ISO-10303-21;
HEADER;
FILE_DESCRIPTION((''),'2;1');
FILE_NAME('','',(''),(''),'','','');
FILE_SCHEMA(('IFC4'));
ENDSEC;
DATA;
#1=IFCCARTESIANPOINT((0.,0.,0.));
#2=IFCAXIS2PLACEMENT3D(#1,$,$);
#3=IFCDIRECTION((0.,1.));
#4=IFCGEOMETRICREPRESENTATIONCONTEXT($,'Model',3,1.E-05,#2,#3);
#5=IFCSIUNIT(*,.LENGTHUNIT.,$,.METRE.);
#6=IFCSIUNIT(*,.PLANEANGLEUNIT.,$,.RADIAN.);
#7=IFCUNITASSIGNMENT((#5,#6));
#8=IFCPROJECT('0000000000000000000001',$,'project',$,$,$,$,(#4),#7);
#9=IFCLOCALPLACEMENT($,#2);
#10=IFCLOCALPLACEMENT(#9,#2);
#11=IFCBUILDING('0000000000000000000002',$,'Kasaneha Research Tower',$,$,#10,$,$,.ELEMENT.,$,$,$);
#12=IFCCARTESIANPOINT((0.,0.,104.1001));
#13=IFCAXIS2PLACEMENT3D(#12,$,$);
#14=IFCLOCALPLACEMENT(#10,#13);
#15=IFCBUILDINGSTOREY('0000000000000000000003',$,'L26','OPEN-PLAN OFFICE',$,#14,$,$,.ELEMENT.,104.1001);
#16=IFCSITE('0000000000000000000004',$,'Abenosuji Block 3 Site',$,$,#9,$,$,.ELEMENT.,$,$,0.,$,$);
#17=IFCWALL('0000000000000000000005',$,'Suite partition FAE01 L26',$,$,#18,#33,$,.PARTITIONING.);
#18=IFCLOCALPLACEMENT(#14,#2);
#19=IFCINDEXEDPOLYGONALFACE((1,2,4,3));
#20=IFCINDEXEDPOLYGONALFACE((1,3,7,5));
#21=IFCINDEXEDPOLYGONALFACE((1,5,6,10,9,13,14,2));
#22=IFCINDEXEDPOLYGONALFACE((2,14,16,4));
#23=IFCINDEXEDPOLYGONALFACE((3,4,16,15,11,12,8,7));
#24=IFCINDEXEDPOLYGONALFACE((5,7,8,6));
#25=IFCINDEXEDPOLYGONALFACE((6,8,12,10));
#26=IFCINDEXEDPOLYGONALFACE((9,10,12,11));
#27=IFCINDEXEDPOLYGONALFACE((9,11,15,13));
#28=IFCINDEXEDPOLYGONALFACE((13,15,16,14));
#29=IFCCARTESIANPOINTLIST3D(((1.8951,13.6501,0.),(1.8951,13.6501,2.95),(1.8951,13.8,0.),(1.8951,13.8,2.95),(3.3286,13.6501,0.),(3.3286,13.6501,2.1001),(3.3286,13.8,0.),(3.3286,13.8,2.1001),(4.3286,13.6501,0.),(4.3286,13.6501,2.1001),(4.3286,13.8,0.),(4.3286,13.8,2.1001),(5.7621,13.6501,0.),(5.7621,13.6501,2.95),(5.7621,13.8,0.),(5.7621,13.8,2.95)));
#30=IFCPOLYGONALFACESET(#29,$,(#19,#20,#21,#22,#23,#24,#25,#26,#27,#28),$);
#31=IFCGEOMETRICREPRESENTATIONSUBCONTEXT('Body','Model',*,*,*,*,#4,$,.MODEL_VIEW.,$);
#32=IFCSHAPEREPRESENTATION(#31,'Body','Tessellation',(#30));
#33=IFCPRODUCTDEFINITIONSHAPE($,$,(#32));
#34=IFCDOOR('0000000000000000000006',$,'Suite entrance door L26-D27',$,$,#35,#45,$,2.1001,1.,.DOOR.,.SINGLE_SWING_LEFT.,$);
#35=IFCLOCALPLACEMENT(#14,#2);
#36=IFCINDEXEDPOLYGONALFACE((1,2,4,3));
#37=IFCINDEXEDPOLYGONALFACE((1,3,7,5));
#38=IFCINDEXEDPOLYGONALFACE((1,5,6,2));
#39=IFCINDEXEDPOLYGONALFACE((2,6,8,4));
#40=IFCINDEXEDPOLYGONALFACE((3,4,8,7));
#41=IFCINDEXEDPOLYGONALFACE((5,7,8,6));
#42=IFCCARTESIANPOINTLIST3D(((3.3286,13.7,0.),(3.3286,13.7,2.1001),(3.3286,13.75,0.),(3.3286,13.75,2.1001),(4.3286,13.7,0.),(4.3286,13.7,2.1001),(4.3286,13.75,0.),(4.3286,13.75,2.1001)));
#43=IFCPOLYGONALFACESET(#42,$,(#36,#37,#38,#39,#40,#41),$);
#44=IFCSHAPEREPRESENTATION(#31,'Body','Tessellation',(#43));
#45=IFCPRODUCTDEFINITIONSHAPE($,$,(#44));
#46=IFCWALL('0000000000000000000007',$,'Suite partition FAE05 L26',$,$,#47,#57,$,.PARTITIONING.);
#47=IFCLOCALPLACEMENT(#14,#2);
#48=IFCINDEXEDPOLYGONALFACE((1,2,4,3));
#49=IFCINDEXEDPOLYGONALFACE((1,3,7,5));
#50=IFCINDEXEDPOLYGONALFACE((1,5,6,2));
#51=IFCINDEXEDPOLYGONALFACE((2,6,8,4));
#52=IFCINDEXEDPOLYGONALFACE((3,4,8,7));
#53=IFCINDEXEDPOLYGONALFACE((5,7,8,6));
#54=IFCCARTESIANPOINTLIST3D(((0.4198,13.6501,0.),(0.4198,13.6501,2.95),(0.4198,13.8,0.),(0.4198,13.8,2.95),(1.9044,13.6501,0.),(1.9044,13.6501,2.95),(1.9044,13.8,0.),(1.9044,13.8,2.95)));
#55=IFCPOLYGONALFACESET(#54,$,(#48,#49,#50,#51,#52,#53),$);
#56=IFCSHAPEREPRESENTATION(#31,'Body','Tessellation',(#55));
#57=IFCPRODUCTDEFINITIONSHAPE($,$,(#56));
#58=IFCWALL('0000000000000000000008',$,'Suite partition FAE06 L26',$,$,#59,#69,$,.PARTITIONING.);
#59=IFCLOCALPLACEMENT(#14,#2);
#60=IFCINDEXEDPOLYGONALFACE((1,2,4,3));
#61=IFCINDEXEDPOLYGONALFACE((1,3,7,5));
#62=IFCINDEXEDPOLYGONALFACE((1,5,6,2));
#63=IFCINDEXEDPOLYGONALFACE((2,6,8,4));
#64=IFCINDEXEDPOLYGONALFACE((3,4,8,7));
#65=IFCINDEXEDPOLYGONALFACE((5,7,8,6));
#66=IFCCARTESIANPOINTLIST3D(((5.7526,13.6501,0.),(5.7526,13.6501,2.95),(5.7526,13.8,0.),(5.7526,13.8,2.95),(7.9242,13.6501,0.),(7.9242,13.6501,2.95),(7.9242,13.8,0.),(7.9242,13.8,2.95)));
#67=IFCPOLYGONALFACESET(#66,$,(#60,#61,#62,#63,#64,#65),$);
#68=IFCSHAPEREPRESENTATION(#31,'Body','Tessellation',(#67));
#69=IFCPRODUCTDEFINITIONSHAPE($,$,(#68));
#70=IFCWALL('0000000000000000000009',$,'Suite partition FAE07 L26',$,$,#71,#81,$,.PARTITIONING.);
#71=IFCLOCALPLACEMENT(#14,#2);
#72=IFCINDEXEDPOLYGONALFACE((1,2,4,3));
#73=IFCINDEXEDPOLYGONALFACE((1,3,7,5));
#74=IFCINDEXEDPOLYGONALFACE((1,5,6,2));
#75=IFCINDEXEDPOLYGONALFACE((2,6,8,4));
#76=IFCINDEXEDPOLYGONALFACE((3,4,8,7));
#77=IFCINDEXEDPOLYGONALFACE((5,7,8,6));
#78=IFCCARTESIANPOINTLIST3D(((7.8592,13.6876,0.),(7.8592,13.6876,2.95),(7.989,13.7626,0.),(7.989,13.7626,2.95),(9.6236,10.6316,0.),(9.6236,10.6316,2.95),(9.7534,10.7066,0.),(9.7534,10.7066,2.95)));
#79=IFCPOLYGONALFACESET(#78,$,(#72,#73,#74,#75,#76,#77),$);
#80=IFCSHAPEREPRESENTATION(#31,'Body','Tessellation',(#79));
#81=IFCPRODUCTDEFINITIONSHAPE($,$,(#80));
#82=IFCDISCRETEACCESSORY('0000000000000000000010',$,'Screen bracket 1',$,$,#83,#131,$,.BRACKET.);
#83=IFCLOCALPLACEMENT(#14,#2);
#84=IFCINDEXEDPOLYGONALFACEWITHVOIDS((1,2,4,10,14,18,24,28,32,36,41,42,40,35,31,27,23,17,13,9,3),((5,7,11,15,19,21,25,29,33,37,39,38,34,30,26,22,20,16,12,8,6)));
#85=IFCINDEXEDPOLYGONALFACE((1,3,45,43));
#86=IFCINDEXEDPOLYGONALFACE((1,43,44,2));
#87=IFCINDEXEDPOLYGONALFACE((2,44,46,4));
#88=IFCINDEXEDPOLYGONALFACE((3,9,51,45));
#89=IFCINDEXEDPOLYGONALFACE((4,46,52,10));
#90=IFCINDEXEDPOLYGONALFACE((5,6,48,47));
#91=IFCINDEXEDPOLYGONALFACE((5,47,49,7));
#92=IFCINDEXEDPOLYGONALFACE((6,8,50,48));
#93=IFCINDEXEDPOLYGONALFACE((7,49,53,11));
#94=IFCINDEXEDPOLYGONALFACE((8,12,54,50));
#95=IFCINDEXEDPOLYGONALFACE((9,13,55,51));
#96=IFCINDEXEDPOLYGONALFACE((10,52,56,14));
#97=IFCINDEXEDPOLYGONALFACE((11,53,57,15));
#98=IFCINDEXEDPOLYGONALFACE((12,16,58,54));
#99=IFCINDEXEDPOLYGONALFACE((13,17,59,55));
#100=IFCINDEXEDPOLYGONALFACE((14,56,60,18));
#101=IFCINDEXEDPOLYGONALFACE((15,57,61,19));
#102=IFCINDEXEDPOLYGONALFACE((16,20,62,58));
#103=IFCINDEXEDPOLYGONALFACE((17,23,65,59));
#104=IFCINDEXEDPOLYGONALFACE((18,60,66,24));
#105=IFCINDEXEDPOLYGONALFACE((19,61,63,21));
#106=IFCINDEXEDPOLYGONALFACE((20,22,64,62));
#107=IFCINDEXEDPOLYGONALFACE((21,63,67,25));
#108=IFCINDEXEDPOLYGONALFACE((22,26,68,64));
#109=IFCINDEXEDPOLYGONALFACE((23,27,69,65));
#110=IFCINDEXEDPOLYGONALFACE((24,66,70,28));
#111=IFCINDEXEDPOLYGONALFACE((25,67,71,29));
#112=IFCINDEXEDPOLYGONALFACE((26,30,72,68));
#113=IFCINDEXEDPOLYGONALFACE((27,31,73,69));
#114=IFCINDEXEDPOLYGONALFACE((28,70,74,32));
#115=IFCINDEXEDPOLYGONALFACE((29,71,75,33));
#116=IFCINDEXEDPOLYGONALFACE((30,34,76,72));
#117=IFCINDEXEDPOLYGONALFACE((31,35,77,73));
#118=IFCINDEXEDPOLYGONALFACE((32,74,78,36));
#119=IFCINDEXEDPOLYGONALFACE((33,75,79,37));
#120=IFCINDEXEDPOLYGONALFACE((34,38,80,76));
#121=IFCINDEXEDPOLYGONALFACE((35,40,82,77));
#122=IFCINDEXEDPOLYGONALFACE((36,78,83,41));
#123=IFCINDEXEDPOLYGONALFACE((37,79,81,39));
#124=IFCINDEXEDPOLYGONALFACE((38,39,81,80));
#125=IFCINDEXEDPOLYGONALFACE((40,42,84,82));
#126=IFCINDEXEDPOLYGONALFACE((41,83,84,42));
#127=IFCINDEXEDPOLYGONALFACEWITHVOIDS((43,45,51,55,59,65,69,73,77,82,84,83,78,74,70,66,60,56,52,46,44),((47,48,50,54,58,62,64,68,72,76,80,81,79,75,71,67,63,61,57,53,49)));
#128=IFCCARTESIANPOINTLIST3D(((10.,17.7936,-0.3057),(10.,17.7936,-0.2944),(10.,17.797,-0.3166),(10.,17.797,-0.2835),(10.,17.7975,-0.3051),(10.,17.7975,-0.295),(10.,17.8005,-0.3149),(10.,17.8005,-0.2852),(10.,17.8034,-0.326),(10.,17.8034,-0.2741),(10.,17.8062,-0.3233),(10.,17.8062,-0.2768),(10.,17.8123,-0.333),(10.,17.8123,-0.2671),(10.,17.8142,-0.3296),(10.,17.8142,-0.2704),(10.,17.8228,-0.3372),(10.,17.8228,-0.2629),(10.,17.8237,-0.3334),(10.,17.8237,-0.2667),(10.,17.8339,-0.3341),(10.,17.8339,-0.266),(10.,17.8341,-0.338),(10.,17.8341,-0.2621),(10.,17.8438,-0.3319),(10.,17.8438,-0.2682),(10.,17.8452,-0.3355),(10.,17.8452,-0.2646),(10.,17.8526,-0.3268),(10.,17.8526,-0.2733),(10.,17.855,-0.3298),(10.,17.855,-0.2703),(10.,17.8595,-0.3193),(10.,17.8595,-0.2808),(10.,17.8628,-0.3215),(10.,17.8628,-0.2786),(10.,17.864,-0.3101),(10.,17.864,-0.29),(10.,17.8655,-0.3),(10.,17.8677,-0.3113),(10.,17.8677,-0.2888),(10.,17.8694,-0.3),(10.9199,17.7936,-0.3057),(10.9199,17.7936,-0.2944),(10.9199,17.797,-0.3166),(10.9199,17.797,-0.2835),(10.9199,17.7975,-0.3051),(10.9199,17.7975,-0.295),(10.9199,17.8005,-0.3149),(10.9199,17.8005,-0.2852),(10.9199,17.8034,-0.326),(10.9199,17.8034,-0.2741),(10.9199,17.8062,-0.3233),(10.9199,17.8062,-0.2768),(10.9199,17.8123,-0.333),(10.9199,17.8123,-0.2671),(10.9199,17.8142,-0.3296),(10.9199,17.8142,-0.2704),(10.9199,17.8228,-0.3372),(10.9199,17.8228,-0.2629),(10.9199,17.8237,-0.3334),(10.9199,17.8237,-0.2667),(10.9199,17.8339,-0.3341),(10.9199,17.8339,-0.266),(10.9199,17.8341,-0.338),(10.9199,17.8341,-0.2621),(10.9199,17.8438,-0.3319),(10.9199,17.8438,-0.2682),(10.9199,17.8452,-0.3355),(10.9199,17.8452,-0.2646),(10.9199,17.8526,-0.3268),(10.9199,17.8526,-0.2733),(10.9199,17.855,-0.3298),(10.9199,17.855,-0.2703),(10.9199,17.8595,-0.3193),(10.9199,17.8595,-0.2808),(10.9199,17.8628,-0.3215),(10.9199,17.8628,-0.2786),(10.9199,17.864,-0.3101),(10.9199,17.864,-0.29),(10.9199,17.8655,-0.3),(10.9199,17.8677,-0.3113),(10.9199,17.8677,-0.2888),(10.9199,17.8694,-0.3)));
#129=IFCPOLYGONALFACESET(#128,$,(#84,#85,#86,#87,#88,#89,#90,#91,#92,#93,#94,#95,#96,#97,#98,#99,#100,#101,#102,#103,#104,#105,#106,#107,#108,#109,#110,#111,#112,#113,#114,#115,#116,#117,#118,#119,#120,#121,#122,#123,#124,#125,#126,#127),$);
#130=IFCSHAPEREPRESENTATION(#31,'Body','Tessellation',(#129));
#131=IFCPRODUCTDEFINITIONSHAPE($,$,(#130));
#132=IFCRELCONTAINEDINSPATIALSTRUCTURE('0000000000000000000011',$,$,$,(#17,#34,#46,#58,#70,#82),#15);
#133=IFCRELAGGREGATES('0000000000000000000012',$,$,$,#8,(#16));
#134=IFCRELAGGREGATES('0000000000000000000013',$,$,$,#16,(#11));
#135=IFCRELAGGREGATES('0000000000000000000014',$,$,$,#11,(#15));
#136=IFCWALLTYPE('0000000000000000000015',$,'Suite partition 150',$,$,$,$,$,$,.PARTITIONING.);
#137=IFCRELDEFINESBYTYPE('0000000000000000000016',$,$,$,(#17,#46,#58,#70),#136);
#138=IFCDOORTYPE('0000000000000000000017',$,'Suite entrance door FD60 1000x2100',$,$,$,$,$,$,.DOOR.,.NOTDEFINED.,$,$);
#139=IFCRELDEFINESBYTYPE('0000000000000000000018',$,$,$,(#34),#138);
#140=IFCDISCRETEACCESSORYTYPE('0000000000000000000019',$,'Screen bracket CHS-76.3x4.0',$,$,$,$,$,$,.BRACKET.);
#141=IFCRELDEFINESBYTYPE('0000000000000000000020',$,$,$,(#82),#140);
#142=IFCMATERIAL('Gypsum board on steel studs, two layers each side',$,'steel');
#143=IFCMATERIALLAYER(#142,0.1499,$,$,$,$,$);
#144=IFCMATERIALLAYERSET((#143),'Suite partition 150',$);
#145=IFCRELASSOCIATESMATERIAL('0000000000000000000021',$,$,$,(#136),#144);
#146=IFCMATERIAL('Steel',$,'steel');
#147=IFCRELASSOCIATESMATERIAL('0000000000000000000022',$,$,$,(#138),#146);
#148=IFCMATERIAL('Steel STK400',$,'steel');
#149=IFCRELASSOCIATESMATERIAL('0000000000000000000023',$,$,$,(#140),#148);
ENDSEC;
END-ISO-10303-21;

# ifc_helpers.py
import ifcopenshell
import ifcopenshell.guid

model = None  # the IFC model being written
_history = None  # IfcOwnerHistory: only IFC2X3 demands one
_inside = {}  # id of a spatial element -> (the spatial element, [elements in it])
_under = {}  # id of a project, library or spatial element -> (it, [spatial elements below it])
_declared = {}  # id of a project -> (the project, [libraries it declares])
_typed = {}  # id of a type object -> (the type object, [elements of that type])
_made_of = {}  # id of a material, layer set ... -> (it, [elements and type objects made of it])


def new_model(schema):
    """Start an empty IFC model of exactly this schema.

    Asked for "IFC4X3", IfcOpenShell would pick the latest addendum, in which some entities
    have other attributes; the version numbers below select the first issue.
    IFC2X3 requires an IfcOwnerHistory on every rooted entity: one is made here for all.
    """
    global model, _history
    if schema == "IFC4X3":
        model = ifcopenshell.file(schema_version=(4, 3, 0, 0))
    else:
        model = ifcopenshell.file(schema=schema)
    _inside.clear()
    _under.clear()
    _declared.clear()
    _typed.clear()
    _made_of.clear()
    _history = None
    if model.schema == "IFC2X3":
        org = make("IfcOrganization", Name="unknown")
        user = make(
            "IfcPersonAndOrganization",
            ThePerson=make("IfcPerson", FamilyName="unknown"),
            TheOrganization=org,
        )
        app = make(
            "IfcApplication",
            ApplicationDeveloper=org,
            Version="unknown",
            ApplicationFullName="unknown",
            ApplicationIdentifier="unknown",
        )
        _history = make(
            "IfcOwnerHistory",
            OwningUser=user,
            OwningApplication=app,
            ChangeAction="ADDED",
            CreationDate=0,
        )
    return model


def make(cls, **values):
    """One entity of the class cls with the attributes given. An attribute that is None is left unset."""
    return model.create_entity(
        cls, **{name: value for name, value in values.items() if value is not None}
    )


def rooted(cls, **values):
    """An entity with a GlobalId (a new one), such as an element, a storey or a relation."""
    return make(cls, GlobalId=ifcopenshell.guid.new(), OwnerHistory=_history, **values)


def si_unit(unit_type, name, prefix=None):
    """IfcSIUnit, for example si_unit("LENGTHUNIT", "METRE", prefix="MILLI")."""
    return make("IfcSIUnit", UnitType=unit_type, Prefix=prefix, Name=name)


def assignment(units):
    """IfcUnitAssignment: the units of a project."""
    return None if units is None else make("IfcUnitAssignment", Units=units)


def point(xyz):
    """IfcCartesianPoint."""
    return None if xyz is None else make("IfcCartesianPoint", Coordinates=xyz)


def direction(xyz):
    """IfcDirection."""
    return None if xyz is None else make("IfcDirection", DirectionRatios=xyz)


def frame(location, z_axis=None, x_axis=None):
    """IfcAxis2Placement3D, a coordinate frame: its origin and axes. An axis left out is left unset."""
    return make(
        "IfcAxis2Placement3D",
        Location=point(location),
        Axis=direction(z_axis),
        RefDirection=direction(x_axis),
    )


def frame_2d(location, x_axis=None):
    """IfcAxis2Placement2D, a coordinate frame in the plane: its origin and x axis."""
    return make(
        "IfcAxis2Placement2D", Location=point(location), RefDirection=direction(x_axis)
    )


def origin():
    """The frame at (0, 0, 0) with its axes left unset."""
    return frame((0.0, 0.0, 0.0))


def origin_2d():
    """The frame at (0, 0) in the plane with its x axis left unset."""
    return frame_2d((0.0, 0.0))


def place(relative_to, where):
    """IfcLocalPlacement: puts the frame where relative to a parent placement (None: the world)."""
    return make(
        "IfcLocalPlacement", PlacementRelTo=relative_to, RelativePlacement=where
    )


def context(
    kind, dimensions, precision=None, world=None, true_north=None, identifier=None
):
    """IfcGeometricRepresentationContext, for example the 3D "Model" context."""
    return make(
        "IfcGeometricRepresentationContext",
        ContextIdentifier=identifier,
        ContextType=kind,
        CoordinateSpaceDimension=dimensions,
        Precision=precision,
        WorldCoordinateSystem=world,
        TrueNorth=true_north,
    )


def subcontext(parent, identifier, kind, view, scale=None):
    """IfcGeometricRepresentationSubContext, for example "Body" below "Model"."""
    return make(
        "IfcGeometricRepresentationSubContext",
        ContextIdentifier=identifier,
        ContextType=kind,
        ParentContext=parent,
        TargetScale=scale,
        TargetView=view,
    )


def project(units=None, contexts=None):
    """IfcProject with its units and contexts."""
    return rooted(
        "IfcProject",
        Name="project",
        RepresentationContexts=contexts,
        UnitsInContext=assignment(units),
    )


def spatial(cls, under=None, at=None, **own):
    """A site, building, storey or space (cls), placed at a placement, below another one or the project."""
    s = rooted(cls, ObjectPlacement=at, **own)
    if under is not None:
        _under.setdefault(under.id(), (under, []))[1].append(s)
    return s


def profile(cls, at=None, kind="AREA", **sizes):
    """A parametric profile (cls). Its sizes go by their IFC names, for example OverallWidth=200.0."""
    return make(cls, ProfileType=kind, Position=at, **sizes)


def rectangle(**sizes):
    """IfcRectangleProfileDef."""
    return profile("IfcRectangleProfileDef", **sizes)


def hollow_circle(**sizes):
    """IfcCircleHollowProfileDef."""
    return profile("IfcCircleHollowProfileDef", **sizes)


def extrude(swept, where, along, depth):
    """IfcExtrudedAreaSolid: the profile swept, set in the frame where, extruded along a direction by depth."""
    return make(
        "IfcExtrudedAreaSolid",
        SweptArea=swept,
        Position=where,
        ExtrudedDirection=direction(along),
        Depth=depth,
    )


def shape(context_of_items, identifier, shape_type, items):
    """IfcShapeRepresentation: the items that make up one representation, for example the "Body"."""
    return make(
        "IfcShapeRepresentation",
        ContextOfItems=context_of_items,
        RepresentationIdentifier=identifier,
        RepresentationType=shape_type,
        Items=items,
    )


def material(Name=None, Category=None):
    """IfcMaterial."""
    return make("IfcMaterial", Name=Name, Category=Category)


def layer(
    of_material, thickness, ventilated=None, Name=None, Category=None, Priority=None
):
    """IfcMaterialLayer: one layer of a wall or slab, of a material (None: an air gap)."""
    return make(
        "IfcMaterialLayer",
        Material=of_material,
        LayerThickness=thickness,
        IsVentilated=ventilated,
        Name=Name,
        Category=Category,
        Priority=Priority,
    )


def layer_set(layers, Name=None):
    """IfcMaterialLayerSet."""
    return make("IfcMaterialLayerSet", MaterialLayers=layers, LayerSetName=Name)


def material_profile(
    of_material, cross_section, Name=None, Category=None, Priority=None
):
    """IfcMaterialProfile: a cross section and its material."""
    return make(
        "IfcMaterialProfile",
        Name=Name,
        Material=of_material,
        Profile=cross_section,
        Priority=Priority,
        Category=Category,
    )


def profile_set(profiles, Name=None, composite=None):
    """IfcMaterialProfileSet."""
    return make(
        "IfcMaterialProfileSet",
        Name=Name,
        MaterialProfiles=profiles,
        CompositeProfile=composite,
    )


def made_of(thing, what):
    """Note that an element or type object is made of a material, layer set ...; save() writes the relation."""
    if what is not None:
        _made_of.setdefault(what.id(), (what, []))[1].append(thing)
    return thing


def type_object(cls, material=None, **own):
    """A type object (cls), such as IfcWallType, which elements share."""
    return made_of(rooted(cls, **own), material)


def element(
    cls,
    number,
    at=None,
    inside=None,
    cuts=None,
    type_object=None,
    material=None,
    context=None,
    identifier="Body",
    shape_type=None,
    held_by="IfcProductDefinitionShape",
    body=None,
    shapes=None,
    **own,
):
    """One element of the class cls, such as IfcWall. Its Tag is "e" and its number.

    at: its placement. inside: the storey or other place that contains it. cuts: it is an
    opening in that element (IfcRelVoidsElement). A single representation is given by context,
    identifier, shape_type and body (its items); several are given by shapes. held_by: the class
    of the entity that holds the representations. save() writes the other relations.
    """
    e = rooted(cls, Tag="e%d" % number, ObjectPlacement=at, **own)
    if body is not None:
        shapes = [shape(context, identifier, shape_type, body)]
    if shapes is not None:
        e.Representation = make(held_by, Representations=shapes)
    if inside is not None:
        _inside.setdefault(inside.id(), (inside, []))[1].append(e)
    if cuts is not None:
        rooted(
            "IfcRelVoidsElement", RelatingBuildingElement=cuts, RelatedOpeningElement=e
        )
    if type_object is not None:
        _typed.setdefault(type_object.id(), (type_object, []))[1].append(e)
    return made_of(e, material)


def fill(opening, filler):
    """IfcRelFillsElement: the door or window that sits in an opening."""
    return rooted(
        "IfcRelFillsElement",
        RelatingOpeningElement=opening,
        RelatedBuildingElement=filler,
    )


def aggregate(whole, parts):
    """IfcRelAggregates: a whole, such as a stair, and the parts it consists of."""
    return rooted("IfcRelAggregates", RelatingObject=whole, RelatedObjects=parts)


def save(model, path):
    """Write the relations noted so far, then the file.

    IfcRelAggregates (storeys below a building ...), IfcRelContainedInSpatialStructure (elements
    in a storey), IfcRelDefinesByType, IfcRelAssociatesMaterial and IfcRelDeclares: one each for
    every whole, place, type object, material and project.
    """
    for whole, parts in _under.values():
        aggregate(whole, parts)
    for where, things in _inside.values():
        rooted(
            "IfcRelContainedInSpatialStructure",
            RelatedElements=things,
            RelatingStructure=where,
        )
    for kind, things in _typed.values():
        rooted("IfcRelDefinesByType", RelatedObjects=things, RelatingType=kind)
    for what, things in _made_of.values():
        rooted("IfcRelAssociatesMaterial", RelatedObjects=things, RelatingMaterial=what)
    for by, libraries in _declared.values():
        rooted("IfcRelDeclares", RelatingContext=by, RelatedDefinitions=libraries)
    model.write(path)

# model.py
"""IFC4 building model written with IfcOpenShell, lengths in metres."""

from ifc_helpers import new_model, si_unit, direction, frame, frame_2d, origin, origin_2d, place, context, subcontext, project, spatial, rectangle, hollow_circle, extrude, material, layer, layer_set, material_profile, profile_set, type_object, element, fill, save


model = new_model("IFC4")

# Units and contexts
model_context = context("Model", 3, precision=1e-05, world=origin(), true_north=direction((0.0, 1.0)))
body_context = subcontext(model_context, "Body", "Model", "MODEL_VIEW")
ifc_project = project(units=[si_unit("LENGTHUNIT", "METRE"), si_unit("PLANEANGLEUNIT", "RADIAN")], contexts=[model_context])

# Site, building, storey
site_placement = place(None, origin())
site = spatial("IfcSite", under=ifc_project, at=site_placement, Name="Abenosuji Block 3 Site", CompositionType="ELEMENT", RefElevation=0.0)
building_placement = place(site_placement, origin())
building = spatial("IfcBuilding", under=site, at=building_placement, Name="Kasaneha Research Tower", CompositionType="ELEMENT")
storey_placement = place(building_placement, frame((0.0, 0.0, 104.1001)))
storey = spatial("IfcBuildingStorey", under=building, at=storey_placement, Name="L26", Description="OPEN-PLAN OFFICE", CompositionType="ELEMENT", Elevation=104.1001)

# Wall, opening, door
ifc_material_1 = material(Name="Gypsum board on steel studs, two layers each side", Category="steel")
ifc_layer_1 = layer(ifc_material_1, 0.1499)
ifc_layer_set_1 = layer_set([ifc_layer_1], Name="Suite partition 150")
wall_type_1 = type_object("IfcWallType", Name="Suite partition 150", PredefinedType="PARTITIONING", material=ifc_layer_set_1)
wall_1_placement = place(storey_placement, frame((1.895, 13.7251, 0.0), z_axis=(0.0, 0.0, 1.0), x_axis=(1.0, 0.0, 0.0)))
wall_1 = element("IfcWall", 1, at=wall_1_placement, inside=storey, type_object=wall_type_1, Name="Suite partition FAE01 L26", PredefinedType="PARTITIONING", context=body_context, shape_type="SweptSolid", body=[
    extrude(rectangle(XDim=3.8669, YDim=0.1499, at=frame_2d((1.9336, 0.0))), origin(), (0.0, 0.0, 1.0), 2.95),
])
opening_1_placement = place(wall_1_placement, frame((1.4336, 0.0, 0.0)))
opening_1 = element("IfcOpeningElement", 2, at=opening_1_placement, cuts=wall_1, PredefinedType="OPENING", context=body_context, shape_type="SweptSolid", body=[
    extrude(rectangle(XDim=1.0, YDim=2.1001, at=frame_2d((0.5, 1.05))), frame((0.0, 0.085, 0.0), z_axis=(0.0, -1.0, 0.0), x_axis=(1.0, 0.0, 0.0)), (0.0, 0.0, 1.0), 0.1699),
])
ifc_material_2 = material(Name="Steel", Category="steel")
door_type_1 = type_object("IfcDoorType", Name="Suite entrance door FD60 1000x2100", OperationType="NOTDEFINED", PredefinedType="DOOR", material=ifc_material_2)
door_1_placement = place(opening_1_placement, origin())
door_1 = element("IfcDoor", 3, at=door_1_placement, inside=storey, type_object=door_type_1, Name="Suite entrance door L26-D27", OperationType="SINGLE_SWING_LEFT", OverallHeight=2.1001, OverallWidth=1.0, PredefinedType="DOOR", context=body_context, shape_type="SweptSolid", body=[
    extrude(rectangle(XDim=1.0, YDim=2.1001, at=frame_2d((0.5, 1.05))), frame((0.0, 0.0249, 0.0), z_axis=(0.0, -1.0, 0.0), x_axis=(1.0, 0.0, 0.0)), (0.0, 0.0, 1.0), 0.05),
])
fill(opening_1, door_1)

# Walls
wall_2_placement = place(storey_placement, frame((0.4199, 13.7251, 0.0), z_axis=(0.0, 0.0, 1.0), x_axis=(1.0, 0.0, 0.0)))
element("IfcWall", 4, at=wall_2_placement, inside=storey, type_object=wall_type_1, Name="Suite partition FAE05 L26", PredefinedType="PARTITIONING", context=body_context, shape_type="SweptSolid", body=[
    extrude(rectangle(XDim=1.4846, YDim=0.1499, at=frame_2d((0.7422, 0.0))), origin(), (0.0, 0.0, 1.0), 2.95),
])
wall_3_placement = place(storey_placement, frame((5.7524, 13.7251, 0.0), z_axis=(0.0, 0.0, 1.0), x_axis=(1.0, 0.0, 0.0)))
element("IfcWall", 5, at=wall_3_placement, inside=storey, type_object=wall_type_1, Name="Suite partition FAE06 L26", PredefinedType="PARTITIONING", context=body_context, shape_type="SweptSolid", body=[
    extrude(rectangle(XDim=2.1716, YDim=0.1499, at=frame_2d((1.0859, 0.0))), origin(), (0.0, 0.0, 1.0), 2.95),
])
wall_4_placement = place(storey_placement, frame((7.9241, 13.7251, 0.0), z_axis=(0.0, 0.0, 1.0), x_axis=(0.500016, -0.866016, 0.0)))
element("IfcWall", 6, at=wall_4_placement, inside=storey, type_object=wall_type_1, Name="Suite partition FAE07 L26", PredefinedType="PARTITIONING", context=body_context, shape_type="SweptSolid", body=[
    extrude(rectangle(XDim=3.5288, YDim=0.1499, at=frame_2d((1.7644, 0.0))), origin(), (0.0, 0.0, 1.0), 2.95),
])

# Discrete accessory
ifc_material_3 = material(Name="Steel STK400", Category="steel")
ifc_material_profile_1 = material_profile(ifc_material_3, hollow_circle(Radius=0.0381, WallThickness=0.0039, at=origin_2d()), Name="CHS-76.3x4.0")
ifc_profile_set_1 = profile_set([ifc_material_profile_1], Name="Steel STK400")
discrete_accessory_type = type_object("IfcDiscreteAccessoryType", Name="Screen bracket CHS-76.3x4.0", PredefinedType="BRACKET", material=ifc_profile_set_1)
discrete_accessory_placement = place(storey_placement, frame((10.0, 17.8313, -0.3), z_axis=(1.0, 0.0, 0.0), x_axis=(0.0, 1.0, 0.0)))
element("IfcDiscreteAccessory", 7, at=discrete_accessory_placement, inside=storey, type_object=discrete_accessory_type, Name="Screen bracket 1", PredefinedType="BRACKET", context=body_context, shape_type="SweptSolid", body=[
    extrude(hollow_circle(Radius=0.0381, WallThickness=0.0039, at=origin_2d()), origin(), (0.0, 0.0, 1.0), 0.9199),
])

save(model, "model.ifc")
